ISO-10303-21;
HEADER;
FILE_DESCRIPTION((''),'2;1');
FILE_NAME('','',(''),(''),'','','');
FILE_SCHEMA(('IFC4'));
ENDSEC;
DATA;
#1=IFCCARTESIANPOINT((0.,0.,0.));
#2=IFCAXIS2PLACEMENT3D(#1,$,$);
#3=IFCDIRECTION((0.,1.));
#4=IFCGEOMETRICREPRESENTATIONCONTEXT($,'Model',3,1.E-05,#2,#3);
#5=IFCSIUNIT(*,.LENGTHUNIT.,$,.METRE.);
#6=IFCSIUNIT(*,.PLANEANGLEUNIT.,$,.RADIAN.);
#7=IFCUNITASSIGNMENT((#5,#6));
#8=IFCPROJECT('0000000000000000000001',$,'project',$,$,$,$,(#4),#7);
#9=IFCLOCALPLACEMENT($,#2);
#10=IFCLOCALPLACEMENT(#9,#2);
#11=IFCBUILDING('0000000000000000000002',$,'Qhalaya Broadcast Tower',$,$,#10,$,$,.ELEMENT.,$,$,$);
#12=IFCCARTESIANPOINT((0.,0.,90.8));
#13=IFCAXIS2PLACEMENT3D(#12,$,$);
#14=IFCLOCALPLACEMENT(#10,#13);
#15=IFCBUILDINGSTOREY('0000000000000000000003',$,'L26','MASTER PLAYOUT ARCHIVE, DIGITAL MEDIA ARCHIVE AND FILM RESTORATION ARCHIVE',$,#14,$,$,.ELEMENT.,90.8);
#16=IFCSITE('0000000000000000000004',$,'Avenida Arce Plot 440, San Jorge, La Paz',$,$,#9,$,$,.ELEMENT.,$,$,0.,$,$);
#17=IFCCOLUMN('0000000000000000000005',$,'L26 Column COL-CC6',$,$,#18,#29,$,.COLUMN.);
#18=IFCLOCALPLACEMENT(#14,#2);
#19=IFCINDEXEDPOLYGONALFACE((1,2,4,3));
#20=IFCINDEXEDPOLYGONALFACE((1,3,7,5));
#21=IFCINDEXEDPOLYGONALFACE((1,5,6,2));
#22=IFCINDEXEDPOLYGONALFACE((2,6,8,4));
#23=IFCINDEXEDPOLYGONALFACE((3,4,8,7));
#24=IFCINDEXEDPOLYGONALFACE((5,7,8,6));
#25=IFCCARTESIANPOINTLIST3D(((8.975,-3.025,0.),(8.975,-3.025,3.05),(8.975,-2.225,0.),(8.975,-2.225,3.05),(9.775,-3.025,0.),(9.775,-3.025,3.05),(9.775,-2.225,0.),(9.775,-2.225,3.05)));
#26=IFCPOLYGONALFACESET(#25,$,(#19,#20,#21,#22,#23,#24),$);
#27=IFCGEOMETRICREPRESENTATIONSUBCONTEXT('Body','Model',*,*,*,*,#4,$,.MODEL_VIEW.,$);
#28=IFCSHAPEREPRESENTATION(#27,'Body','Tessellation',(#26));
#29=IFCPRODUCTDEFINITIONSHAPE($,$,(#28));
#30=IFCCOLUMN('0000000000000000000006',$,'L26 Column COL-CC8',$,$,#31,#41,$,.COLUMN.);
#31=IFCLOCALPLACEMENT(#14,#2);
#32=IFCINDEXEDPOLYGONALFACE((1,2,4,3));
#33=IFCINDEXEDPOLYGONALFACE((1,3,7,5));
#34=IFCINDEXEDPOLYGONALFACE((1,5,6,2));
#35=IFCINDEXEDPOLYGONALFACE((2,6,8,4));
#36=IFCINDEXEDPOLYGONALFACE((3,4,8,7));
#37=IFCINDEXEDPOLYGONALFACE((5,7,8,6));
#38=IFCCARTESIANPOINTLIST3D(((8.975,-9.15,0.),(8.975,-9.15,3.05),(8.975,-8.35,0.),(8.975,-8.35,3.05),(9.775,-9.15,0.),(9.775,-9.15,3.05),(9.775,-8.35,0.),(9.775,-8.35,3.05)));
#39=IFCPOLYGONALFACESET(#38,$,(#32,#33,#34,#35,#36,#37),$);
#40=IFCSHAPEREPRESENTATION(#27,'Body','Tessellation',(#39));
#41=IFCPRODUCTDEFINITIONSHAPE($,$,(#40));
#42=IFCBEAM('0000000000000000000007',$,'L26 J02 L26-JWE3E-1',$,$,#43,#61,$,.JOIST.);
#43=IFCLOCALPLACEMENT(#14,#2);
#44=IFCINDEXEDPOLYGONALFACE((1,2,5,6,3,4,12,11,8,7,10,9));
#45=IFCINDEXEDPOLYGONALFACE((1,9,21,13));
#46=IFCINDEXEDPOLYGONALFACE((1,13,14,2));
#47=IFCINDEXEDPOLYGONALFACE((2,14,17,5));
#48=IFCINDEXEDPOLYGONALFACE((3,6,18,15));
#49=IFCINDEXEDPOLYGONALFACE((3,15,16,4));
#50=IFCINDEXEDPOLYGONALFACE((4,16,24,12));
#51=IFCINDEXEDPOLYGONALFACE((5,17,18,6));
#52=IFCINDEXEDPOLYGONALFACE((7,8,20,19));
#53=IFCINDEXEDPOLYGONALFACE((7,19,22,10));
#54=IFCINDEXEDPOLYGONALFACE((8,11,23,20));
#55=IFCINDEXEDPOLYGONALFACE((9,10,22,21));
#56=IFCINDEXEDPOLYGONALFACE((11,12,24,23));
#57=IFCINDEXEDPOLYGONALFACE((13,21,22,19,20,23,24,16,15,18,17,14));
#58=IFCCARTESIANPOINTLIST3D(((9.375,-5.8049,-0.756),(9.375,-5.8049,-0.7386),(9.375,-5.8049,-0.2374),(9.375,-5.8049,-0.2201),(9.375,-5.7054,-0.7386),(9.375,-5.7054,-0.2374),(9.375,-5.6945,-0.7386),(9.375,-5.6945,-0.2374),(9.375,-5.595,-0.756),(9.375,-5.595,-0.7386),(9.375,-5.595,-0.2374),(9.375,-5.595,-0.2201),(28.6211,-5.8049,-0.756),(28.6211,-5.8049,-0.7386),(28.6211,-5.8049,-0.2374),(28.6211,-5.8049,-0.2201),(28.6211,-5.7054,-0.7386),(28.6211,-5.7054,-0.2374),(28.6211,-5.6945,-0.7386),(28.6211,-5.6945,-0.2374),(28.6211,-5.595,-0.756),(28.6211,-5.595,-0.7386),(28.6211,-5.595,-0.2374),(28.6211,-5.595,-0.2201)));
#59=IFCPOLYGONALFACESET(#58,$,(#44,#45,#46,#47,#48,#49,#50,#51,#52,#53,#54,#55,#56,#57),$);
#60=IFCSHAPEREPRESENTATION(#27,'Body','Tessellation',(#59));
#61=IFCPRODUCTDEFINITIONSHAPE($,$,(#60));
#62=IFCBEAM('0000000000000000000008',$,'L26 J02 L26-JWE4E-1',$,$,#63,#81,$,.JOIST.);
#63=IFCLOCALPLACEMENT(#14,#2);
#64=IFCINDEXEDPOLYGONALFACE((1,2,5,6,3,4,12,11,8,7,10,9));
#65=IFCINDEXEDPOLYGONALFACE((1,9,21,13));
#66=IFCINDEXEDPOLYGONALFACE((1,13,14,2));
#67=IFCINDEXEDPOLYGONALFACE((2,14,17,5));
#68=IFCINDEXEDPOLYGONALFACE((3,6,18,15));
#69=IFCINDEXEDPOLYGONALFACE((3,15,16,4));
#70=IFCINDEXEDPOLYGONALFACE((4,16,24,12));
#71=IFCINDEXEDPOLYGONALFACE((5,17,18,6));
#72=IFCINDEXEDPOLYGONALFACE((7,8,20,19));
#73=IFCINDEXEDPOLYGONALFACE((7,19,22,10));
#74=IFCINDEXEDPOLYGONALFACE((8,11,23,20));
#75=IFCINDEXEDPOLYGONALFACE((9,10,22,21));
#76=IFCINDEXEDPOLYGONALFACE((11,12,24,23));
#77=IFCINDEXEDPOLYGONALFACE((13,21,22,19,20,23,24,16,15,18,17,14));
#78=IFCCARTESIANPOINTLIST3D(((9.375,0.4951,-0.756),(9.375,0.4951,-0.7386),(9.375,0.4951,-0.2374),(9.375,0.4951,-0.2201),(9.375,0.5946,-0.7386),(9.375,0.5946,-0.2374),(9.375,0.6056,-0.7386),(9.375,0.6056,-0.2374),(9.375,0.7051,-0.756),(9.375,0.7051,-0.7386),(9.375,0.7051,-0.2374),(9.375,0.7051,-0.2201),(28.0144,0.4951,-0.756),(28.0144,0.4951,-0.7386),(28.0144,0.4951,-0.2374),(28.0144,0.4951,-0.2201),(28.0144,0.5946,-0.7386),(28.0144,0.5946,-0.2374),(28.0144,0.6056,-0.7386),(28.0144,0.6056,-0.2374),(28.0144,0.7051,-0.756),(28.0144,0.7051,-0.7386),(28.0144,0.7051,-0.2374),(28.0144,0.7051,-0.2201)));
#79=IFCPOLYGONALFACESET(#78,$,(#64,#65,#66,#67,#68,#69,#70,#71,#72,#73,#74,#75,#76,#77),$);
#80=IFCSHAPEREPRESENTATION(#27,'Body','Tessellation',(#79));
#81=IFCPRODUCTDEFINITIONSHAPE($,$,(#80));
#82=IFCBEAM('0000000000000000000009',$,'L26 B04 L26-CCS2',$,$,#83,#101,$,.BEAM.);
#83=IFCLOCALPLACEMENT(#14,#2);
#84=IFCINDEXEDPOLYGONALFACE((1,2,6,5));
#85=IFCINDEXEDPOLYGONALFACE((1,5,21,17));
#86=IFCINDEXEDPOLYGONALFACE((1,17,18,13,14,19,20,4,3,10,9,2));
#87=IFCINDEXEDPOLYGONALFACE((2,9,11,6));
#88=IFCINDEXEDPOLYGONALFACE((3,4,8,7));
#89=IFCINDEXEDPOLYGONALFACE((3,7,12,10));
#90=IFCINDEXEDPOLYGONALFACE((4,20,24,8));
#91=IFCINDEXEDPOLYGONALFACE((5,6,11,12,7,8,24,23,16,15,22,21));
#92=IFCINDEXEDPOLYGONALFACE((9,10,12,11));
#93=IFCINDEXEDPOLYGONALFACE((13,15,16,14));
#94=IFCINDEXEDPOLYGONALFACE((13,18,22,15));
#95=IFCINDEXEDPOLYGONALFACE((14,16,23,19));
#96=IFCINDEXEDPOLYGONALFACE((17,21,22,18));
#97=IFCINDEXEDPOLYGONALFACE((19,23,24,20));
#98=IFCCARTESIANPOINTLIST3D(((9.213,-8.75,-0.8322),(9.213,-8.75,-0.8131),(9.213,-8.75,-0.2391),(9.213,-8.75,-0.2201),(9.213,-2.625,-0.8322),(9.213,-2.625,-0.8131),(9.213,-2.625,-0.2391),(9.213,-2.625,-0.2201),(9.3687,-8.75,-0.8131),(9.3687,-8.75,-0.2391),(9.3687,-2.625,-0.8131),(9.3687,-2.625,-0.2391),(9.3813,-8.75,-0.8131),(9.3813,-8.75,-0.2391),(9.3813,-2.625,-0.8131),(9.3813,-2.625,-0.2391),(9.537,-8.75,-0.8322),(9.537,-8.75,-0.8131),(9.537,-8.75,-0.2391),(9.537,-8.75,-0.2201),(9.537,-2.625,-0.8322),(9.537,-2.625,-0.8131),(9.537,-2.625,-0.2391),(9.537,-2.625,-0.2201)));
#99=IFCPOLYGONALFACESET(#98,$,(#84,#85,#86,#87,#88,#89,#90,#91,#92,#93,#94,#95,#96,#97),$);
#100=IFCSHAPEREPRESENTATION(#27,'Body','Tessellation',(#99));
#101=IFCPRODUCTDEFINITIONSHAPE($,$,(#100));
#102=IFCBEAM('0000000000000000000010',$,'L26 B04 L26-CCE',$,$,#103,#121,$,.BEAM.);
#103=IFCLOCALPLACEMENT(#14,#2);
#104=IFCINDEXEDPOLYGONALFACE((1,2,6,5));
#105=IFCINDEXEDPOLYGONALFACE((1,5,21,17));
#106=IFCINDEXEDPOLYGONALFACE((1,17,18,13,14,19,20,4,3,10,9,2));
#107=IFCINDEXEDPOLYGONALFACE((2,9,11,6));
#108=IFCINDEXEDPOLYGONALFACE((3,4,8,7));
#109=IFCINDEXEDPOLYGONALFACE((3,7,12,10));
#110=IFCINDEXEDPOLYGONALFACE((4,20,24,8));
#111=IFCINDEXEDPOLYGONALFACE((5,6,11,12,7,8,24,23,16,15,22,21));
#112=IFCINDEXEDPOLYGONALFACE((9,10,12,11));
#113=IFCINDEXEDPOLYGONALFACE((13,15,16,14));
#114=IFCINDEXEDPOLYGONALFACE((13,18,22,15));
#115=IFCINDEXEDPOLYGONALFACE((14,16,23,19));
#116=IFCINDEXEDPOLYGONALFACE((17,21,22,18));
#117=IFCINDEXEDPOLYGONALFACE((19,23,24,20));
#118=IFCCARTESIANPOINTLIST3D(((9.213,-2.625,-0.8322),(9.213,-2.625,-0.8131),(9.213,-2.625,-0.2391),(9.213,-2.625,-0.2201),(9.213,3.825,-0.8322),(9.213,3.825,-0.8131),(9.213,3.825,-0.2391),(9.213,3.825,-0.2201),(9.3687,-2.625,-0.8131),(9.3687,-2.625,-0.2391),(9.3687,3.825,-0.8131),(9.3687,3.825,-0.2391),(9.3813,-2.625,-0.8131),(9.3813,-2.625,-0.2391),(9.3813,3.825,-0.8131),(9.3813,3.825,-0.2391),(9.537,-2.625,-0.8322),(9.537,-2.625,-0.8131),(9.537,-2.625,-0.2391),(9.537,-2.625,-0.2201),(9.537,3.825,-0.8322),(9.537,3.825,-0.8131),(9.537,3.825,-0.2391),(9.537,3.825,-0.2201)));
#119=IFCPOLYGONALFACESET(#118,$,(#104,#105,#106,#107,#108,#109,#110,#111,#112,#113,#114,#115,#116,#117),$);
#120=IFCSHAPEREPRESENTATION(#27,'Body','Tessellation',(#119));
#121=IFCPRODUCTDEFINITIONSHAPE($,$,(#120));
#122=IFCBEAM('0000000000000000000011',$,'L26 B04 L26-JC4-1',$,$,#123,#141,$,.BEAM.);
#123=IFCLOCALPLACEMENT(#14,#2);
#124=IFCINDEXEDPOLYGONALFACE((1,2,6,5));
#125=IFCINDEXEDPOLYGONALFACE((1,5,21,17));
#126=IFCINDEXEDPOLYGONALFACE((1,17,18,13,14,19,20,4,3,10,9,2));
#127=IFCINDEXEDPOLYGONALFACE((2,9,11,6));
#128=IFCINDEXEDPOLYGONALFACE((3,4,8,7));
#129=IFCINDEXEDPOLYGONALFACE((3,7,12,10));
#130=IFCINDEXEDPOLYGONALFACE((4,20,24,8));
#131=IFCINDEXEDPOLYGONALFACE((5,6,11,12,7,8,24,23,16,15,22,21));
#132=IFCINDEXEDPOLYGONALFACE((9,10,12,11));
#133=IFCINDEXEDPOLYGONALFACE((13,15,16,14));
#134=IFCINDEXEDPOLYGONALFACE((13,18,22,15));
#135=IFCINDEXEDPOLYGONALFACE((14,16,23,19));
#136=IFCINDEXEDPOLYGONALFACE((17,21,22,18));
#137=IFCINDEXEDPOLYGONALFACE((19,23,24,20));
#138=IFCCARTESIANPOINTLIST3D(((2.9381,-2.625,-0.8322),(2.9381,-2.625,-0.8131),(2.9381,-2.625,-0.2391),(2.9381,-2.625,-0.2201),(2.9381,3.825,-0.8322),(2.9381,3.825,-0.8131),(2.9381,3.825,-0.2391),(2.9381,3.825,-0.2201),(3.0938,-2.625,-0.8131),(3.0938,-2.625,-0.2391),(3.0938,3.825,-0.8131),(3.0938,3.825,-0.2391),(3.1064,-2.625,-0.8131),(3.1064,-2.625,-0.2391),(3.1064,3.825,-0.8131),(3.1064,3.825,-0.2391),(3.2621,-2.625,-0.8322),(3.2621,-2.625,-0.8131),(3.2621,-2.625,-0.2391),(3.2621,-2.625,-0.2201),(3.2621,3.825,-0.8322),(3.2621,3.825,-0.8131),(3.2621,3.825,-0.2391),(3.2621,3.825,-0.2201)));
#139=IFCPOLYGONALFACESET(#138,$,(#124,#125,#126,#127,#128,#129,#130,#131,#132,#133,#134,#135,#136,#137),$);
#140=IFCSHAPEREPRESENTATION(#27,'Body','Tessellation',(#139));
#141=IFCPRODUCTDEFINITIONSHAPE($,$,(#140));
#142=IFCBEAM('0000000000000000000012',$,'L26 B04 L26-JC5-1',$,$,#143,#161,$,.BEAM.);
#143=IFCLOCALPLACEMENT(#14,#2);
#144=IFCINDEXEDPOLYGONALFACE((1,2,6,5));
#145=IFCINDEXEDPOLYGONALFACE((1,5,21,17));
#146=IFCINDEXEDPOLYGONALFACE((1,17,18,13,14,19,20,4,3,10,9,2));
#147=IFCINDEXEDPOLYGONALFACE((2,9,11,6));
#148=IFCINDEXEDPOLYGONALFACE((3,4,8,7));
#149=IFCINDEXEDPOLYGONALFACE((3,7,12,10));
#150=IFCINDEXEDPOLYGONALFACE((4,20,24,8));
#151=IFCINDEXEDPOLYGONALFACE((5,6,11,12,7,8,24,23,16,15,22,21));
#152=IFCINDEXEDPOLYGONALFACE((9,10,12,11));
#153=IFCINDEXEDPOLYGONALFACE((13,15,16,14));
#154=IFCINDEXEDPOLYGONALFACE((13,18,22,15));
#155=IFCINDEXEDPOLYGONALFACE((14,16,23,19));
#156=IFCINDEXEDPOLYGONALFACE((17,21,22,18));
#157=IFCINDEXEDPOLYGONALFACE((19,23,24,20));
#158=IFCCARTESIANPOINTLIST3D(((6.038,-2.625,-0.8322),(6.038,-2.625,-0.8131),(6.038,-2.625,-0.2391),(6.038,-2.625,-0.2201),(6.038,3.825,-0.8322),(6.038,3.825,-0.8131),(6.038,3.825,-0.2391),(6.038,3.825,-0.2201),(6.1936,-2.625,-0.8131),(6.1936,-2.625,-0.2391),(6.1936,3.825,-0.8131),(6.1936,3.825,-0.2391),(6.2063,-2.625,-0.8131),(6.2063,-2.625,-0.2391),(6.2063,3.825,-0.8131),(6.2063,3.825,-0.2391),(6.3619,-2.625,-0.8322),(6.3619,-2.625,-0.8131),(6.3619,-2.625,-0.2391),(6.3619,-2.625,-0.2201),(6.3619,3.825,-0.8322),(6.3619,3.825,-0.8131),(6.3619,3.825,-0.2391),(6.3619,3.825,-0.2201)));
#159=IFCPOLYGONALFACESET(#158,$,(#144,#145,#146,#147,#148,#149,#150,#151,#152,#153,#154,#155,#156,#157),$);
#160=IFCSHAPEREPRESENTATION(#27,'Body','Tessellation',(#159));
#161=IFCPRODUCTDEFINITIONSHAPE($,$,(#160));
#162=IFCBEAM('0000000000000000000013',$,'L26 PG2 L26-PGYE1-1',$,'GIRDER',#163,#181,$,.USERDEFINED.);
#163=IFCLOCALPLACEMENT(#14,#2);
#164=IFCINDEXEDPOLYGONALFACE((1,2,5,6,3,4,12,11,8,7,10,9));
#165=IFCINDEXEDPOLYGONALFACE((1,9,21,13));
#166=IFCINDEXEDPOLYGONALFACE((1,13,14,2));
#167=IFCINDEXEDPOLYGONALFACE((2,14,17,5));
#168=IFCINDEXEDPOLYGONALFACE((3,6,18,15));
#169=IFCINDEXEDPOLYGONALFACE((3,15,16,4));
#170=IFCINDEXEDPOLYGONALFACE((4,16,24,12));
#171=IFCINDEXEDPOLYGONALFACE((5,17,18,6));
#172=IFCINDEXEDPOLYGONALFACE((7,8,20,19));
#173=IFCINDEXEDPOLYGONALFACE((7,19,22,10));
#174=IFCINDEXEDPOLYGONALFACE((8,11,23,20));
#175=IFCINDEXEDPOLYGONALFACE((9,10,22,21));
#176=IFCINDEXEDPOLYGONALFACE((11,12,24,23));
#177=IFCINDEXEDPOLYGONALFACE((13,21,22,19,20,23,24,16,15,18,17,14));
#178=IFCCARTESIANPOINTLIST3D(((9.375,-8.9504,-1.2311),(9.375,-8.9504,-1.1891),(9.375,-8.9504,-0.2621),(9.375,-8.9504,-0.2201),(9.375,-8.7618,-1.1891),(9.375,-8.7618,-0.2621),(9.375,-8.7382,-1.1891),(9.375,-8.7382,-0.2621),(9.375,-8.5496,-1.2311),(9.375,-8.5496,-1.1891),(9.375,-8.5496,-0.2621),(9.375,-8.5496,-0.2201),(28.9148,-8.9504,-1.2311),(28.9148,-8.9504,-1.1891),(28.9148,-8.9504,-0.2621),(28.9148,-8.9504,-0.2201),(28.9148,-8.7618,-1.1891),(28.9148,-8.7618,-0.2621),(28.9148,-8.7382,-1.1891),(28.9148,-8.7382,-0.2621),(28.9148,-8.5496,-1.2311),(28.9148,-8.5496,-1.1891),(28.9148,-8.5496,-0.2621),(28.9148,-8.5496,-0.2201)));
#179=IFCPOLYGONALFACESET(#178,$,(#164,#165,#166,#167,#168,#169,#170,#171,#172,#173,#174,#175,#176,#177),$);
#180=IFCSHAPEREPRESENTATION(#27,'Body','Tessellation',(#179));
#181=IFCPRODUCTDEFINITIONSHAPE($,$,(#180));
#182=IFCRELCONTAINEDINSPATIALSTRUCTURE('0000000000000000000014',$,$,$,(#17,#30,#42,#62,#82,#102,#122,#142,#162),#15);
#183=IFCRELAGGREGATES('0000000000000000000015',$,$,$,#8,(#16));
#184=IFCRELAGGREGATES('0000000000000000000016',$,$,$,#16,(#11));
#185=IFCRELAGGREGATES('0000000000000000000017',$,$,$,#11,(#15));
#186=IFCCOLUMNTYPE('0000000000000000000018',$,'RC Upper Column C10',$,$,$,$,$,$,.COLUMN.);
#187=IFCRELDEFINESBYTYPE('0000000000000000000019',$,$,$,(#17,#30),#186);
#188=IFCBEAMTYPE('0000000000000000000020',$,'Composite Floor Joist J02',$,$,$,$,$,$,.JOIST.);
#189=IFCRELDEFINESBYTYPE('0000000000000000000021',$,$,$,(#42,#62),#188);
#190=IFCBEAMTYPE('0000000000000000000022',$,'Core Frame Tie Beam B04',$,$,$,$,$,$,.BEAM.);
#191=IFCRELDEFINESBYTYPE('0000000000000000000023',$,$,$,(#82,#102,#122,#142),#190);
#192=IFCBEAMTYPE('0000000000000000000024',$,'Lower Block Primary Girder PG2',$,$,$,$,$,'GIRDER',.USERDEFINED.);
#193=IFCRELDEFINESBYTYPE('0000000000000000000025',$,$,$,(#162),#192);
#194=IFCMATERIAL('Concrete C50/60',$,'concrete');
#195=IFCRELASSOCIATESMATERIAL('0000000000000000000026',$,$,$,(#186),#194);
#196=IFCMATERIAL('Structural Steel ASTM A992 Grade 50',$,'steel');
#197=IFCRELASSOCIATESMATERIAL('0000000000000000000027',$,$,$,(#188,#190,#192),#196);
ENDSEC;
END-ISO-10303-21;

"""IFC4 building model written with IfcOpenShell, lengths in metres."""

from ifc_helpers import new_model, si_unit, direction, frame, origin, origin_2d, place, context, subcontext, project, spatial, rectangle, i_section, extrude, material, material_profile, profile_set, type_object, element, save


model = new_model("IFC4")

# Units and contexts
model_context = context("Model", 3, precision=1e-05, world=origin(), true_north=direction((0.0, 1.0)))
body_context = subcontext(model_context, "Body", "Model", "MODEL_VIEW")
ifc_project = project(units=[si_unit("LENGTHUNIT", "METRE"), si_unit("PLANEANGLEUNIT", "RADIAN")], contexts=[model_context])

# Site, building, storey
site_placement = place(None, origin())
site = spatial("IfcSite", under=ifc_project, at=site_placement, Name="Avenida Arce Plot 440, San Jorge, La Paz", CompositionType="ELEMENT", RefElevation=0.0)
building_placement = place(site_placement, origin())
building = spatial("IfcBuilding", under=site, at=building_placement, Name="Qhalaya Broadcast Tower", CompositionType="ELEMENT")
storey_placement = place(building_placement, frame((0.0, 0.0, 90.8)))
storey = spatial("IfcBuildingStorey", under=building, at=storey_placement, Name="L26", Description="MASTER PLAYOUT ARCHIVE, DIGITAL MEDIA ARCHIVE AND FILM RESTORATION ARCHIVE", CompositionType="ELEMENT", Elevation=90.8)

# Columns
ifc_material_1 = material(Name="Concrete C50/60", Category="concrete")
ifc_material_profile_1 = material_profile(ifc_material_1, rectangle(XDim=0.8, YDim=0.8, at=origin_2d()), Name="RC-COL 800x800")
ifc_profile_set_1 = profile_set([ifc_material_profile_1], Name="Concrete C50/60")
column_type = type_object("IfcColumnType", Name="RC Upper Column C10", PredefinedType="COLUMN", material=ifc_profile_set_1)
for number, where, z_axis, x_axis, name in (
    (1, (9.375, -2.625, 0.0), (0.0, 0.0, 1.0), (1.0, 0.0, 0.0), "L26 Column COL-CC6"),
    (2, (9.375, -8.75, 0.0), (0.0, 0.0, 1.0), (1.0, 0.0, 0.0), "L26 Column COL-CC8"),
):
    element("IfcColumn", number, at=place(storey_placement, frame(where, z_axis=z_axis, x_axis=x_axis)), inside=storey, type_object=column_type, Name=name, PredefinedType="COLUMN", context=body_context, shape_type="SweptSolid", body=[
        extrude(rectangle(XDim=0.8, YDim=0.8, at=origin_2d()), origin(), (0.0, 0.0, 1.0), 3.05),
    ])

# Beams
ifc_material_2 = material(Name="Structural Steel ASTM A992 Grade 50", Category="steel")
ifc_material_profile_2 = material_profile(ifc_material_2, i_section(OverallWidth=0.21, OverallDepth=0.5359, WebThickness=0.011, FlangeThickness=0.0173, at=origin_2d()), Name="W21X68")
ifc_profile_set_2 = profile_set([ifc_material_profile_2], Name="Structural Steel ASTM A992 Grade 50")
beam_type_1 = type_object("IfcBeamType", Name="Composite Floor Joist J02", PredefinedType="JOIST", material=ifc_profile_set_2)
beam_1_placement = place(storey_placement, frame((9.375, -5.7, -0.488), z_axis=(1.0, 0.0, 0.0), x_axis=(0.0, 1.0, 0.0)))
element("IfcBeam", 3, at=beam_1_placement, inside=storey, type_object=beam_type_1, Name="L26 J02 L26-JWE3E-1", PredefinedType="JOIST", context=body_context, shape_type="SweptSolid", body=[
    extrude(i_section(OverallWidth=0.21, OverallDepth=0.5359, WebThickness=0.011, FlangeThickness=0.0173, at=origin_2d()), origin(), (0.0, 0.0, 1.0), 19.2461),
])
beam_2_placement = place(storey_placement, frame((9.375, 0.6001, -0.488), z_axis=(1.0, 0.0, 0.0), x_axis=(0.0, 1.0, 0.0)))
element("IfcBeam", 4, at=beam_2_placement, inside=storey, type_object=beam_type_1, Name="L26 J02 L26-JWE4E-1", PredefinedType="JOIST", context=body_context, shape_type="SweptSolid", body=[
    extrude(i_section(OverallWidth=0.21, OverallDepth=0.5359, WebThickness=0.011, FlangeThickness=0.0173, at=origin_2d()), origin(), (0.0, 0.0, 1.0), 18.6394),
])
ifc_material_profile_3 = material_profile(ifc_material_2, i_section(OverallWidth=0.324, OverallDepth=0.6121, WebThickness=0.0127, FlangeThickness=0.019, at=origin_2d()), Name="W24X104")
ifc_profile_set_3 = profile_set([ifc_material_profile_3], Name="Structural Steel ASTM A992 Grade 50")
beam_type_2 = type_object("IfcBeamType", Name="Core Frame Tie Beam B04", PredefinedType="BEAM", material=ifc_profile_set_3)
beam_3_placement = place(storey_placement, frame((9.375, -8.75, -0.5261), z_axis=(0.0, 1.0, 0.0), x_axis=(-1.0, 0.0, 0.0)))
element("IfcBeam", 5, at=beam_3_placement, inside=storey, type_object=beam_type_2, Name="L26 B04 L26-CCS2", PredefinedType="BEAM", context=body_context, shape_type="SweptSolid", body=[
    extrude(i_section(OverallWidth=0.324, OverallDepth=0.6121, WebThickness=0.0127, FlangeThickness=0.019, at=origin_2d()), origin(), (0.0, 0.0, 1.0), 6.125),
])
for number, where, z_axis, x_axis, name in (
    (6, (9.375, -2.625, -0.5261), (0.0, 1.0, 0.0), (-1.0, 0.0, 0.0), "L26 B04 L26-CCE"),
    (7, (3.1001, -2.625, -0.5261), (0.0, 1.0, 0.0), (-1.0, 0.0, 0.0), "L26 B04 L26-JC4-1"),
    (8, (6.2, -2.625, -0.5261), (0.0, 1.0, 0.0), (-1.0, 0.0, 0.0), "L26 B04 L26-JC5-1"),
):
    element("IfcBeam", number, at=place(storey_placement, frame(where, z_axis=z_axis, x_axis=x_axis)), inside=storey, type_object=beam_type_2, Name=name, PredefinedType="BEAM", context=body_context, shape_type="SweptSolid", body=[
        extrude(i_section(OverallWidth=0.324, OverallDepth=0.6121, WebThickness=0.0127, FlangeThickness=0.019, at=origin_2d()), origin(), (0.0, 0.0, 1.0), 6.45),
    ])
ifc_material_profile_4 = material_profile(ifc_material_2, i_section(OverallWidth=0.4009, OverallDepth=1.011, WebThickness=0.0237, FlangeThickness=0.042, at=origin_2d()), Name="W40X297")
ifc_profile_set_4 = profile_set([ifc_material_profile_4], Name="Structural Steel ASTM A992 Grade 50")
beam_type_3 = type_object("IfcBeamType", Name="Lower Block Primary Girder PG2", ElementType="GIRDER", PredefinedType="USERDEFINED", material=ifc_profile_set_4)
beam_4_placement = place(storey_placement, frame((9.375, -8.75, -0.7256), z_axis=(1.0, 0.0, 0.0), x_axis=(0.0, 1.0, 0.0)))
element("IfcBeam", 9, at=beam_4_placement, inside=storey, type_object=beam_type_3, Name="L26 PG2 L26-PGYE1-1", ObjectType="GIRDER", PredefinedType="USERDEFINED", context=body_context, shape_type="SweptSolid", body=[
    extrude(i_section(OverallWidth=0.4009, OverallDepth=1.011, WebThickness=0.0237, FlangeThickness=0.042, at=origin_2d()), origin(), (0.0, 0.0, 1.0), 19.5398),
])

save(model, "model.ifc")
